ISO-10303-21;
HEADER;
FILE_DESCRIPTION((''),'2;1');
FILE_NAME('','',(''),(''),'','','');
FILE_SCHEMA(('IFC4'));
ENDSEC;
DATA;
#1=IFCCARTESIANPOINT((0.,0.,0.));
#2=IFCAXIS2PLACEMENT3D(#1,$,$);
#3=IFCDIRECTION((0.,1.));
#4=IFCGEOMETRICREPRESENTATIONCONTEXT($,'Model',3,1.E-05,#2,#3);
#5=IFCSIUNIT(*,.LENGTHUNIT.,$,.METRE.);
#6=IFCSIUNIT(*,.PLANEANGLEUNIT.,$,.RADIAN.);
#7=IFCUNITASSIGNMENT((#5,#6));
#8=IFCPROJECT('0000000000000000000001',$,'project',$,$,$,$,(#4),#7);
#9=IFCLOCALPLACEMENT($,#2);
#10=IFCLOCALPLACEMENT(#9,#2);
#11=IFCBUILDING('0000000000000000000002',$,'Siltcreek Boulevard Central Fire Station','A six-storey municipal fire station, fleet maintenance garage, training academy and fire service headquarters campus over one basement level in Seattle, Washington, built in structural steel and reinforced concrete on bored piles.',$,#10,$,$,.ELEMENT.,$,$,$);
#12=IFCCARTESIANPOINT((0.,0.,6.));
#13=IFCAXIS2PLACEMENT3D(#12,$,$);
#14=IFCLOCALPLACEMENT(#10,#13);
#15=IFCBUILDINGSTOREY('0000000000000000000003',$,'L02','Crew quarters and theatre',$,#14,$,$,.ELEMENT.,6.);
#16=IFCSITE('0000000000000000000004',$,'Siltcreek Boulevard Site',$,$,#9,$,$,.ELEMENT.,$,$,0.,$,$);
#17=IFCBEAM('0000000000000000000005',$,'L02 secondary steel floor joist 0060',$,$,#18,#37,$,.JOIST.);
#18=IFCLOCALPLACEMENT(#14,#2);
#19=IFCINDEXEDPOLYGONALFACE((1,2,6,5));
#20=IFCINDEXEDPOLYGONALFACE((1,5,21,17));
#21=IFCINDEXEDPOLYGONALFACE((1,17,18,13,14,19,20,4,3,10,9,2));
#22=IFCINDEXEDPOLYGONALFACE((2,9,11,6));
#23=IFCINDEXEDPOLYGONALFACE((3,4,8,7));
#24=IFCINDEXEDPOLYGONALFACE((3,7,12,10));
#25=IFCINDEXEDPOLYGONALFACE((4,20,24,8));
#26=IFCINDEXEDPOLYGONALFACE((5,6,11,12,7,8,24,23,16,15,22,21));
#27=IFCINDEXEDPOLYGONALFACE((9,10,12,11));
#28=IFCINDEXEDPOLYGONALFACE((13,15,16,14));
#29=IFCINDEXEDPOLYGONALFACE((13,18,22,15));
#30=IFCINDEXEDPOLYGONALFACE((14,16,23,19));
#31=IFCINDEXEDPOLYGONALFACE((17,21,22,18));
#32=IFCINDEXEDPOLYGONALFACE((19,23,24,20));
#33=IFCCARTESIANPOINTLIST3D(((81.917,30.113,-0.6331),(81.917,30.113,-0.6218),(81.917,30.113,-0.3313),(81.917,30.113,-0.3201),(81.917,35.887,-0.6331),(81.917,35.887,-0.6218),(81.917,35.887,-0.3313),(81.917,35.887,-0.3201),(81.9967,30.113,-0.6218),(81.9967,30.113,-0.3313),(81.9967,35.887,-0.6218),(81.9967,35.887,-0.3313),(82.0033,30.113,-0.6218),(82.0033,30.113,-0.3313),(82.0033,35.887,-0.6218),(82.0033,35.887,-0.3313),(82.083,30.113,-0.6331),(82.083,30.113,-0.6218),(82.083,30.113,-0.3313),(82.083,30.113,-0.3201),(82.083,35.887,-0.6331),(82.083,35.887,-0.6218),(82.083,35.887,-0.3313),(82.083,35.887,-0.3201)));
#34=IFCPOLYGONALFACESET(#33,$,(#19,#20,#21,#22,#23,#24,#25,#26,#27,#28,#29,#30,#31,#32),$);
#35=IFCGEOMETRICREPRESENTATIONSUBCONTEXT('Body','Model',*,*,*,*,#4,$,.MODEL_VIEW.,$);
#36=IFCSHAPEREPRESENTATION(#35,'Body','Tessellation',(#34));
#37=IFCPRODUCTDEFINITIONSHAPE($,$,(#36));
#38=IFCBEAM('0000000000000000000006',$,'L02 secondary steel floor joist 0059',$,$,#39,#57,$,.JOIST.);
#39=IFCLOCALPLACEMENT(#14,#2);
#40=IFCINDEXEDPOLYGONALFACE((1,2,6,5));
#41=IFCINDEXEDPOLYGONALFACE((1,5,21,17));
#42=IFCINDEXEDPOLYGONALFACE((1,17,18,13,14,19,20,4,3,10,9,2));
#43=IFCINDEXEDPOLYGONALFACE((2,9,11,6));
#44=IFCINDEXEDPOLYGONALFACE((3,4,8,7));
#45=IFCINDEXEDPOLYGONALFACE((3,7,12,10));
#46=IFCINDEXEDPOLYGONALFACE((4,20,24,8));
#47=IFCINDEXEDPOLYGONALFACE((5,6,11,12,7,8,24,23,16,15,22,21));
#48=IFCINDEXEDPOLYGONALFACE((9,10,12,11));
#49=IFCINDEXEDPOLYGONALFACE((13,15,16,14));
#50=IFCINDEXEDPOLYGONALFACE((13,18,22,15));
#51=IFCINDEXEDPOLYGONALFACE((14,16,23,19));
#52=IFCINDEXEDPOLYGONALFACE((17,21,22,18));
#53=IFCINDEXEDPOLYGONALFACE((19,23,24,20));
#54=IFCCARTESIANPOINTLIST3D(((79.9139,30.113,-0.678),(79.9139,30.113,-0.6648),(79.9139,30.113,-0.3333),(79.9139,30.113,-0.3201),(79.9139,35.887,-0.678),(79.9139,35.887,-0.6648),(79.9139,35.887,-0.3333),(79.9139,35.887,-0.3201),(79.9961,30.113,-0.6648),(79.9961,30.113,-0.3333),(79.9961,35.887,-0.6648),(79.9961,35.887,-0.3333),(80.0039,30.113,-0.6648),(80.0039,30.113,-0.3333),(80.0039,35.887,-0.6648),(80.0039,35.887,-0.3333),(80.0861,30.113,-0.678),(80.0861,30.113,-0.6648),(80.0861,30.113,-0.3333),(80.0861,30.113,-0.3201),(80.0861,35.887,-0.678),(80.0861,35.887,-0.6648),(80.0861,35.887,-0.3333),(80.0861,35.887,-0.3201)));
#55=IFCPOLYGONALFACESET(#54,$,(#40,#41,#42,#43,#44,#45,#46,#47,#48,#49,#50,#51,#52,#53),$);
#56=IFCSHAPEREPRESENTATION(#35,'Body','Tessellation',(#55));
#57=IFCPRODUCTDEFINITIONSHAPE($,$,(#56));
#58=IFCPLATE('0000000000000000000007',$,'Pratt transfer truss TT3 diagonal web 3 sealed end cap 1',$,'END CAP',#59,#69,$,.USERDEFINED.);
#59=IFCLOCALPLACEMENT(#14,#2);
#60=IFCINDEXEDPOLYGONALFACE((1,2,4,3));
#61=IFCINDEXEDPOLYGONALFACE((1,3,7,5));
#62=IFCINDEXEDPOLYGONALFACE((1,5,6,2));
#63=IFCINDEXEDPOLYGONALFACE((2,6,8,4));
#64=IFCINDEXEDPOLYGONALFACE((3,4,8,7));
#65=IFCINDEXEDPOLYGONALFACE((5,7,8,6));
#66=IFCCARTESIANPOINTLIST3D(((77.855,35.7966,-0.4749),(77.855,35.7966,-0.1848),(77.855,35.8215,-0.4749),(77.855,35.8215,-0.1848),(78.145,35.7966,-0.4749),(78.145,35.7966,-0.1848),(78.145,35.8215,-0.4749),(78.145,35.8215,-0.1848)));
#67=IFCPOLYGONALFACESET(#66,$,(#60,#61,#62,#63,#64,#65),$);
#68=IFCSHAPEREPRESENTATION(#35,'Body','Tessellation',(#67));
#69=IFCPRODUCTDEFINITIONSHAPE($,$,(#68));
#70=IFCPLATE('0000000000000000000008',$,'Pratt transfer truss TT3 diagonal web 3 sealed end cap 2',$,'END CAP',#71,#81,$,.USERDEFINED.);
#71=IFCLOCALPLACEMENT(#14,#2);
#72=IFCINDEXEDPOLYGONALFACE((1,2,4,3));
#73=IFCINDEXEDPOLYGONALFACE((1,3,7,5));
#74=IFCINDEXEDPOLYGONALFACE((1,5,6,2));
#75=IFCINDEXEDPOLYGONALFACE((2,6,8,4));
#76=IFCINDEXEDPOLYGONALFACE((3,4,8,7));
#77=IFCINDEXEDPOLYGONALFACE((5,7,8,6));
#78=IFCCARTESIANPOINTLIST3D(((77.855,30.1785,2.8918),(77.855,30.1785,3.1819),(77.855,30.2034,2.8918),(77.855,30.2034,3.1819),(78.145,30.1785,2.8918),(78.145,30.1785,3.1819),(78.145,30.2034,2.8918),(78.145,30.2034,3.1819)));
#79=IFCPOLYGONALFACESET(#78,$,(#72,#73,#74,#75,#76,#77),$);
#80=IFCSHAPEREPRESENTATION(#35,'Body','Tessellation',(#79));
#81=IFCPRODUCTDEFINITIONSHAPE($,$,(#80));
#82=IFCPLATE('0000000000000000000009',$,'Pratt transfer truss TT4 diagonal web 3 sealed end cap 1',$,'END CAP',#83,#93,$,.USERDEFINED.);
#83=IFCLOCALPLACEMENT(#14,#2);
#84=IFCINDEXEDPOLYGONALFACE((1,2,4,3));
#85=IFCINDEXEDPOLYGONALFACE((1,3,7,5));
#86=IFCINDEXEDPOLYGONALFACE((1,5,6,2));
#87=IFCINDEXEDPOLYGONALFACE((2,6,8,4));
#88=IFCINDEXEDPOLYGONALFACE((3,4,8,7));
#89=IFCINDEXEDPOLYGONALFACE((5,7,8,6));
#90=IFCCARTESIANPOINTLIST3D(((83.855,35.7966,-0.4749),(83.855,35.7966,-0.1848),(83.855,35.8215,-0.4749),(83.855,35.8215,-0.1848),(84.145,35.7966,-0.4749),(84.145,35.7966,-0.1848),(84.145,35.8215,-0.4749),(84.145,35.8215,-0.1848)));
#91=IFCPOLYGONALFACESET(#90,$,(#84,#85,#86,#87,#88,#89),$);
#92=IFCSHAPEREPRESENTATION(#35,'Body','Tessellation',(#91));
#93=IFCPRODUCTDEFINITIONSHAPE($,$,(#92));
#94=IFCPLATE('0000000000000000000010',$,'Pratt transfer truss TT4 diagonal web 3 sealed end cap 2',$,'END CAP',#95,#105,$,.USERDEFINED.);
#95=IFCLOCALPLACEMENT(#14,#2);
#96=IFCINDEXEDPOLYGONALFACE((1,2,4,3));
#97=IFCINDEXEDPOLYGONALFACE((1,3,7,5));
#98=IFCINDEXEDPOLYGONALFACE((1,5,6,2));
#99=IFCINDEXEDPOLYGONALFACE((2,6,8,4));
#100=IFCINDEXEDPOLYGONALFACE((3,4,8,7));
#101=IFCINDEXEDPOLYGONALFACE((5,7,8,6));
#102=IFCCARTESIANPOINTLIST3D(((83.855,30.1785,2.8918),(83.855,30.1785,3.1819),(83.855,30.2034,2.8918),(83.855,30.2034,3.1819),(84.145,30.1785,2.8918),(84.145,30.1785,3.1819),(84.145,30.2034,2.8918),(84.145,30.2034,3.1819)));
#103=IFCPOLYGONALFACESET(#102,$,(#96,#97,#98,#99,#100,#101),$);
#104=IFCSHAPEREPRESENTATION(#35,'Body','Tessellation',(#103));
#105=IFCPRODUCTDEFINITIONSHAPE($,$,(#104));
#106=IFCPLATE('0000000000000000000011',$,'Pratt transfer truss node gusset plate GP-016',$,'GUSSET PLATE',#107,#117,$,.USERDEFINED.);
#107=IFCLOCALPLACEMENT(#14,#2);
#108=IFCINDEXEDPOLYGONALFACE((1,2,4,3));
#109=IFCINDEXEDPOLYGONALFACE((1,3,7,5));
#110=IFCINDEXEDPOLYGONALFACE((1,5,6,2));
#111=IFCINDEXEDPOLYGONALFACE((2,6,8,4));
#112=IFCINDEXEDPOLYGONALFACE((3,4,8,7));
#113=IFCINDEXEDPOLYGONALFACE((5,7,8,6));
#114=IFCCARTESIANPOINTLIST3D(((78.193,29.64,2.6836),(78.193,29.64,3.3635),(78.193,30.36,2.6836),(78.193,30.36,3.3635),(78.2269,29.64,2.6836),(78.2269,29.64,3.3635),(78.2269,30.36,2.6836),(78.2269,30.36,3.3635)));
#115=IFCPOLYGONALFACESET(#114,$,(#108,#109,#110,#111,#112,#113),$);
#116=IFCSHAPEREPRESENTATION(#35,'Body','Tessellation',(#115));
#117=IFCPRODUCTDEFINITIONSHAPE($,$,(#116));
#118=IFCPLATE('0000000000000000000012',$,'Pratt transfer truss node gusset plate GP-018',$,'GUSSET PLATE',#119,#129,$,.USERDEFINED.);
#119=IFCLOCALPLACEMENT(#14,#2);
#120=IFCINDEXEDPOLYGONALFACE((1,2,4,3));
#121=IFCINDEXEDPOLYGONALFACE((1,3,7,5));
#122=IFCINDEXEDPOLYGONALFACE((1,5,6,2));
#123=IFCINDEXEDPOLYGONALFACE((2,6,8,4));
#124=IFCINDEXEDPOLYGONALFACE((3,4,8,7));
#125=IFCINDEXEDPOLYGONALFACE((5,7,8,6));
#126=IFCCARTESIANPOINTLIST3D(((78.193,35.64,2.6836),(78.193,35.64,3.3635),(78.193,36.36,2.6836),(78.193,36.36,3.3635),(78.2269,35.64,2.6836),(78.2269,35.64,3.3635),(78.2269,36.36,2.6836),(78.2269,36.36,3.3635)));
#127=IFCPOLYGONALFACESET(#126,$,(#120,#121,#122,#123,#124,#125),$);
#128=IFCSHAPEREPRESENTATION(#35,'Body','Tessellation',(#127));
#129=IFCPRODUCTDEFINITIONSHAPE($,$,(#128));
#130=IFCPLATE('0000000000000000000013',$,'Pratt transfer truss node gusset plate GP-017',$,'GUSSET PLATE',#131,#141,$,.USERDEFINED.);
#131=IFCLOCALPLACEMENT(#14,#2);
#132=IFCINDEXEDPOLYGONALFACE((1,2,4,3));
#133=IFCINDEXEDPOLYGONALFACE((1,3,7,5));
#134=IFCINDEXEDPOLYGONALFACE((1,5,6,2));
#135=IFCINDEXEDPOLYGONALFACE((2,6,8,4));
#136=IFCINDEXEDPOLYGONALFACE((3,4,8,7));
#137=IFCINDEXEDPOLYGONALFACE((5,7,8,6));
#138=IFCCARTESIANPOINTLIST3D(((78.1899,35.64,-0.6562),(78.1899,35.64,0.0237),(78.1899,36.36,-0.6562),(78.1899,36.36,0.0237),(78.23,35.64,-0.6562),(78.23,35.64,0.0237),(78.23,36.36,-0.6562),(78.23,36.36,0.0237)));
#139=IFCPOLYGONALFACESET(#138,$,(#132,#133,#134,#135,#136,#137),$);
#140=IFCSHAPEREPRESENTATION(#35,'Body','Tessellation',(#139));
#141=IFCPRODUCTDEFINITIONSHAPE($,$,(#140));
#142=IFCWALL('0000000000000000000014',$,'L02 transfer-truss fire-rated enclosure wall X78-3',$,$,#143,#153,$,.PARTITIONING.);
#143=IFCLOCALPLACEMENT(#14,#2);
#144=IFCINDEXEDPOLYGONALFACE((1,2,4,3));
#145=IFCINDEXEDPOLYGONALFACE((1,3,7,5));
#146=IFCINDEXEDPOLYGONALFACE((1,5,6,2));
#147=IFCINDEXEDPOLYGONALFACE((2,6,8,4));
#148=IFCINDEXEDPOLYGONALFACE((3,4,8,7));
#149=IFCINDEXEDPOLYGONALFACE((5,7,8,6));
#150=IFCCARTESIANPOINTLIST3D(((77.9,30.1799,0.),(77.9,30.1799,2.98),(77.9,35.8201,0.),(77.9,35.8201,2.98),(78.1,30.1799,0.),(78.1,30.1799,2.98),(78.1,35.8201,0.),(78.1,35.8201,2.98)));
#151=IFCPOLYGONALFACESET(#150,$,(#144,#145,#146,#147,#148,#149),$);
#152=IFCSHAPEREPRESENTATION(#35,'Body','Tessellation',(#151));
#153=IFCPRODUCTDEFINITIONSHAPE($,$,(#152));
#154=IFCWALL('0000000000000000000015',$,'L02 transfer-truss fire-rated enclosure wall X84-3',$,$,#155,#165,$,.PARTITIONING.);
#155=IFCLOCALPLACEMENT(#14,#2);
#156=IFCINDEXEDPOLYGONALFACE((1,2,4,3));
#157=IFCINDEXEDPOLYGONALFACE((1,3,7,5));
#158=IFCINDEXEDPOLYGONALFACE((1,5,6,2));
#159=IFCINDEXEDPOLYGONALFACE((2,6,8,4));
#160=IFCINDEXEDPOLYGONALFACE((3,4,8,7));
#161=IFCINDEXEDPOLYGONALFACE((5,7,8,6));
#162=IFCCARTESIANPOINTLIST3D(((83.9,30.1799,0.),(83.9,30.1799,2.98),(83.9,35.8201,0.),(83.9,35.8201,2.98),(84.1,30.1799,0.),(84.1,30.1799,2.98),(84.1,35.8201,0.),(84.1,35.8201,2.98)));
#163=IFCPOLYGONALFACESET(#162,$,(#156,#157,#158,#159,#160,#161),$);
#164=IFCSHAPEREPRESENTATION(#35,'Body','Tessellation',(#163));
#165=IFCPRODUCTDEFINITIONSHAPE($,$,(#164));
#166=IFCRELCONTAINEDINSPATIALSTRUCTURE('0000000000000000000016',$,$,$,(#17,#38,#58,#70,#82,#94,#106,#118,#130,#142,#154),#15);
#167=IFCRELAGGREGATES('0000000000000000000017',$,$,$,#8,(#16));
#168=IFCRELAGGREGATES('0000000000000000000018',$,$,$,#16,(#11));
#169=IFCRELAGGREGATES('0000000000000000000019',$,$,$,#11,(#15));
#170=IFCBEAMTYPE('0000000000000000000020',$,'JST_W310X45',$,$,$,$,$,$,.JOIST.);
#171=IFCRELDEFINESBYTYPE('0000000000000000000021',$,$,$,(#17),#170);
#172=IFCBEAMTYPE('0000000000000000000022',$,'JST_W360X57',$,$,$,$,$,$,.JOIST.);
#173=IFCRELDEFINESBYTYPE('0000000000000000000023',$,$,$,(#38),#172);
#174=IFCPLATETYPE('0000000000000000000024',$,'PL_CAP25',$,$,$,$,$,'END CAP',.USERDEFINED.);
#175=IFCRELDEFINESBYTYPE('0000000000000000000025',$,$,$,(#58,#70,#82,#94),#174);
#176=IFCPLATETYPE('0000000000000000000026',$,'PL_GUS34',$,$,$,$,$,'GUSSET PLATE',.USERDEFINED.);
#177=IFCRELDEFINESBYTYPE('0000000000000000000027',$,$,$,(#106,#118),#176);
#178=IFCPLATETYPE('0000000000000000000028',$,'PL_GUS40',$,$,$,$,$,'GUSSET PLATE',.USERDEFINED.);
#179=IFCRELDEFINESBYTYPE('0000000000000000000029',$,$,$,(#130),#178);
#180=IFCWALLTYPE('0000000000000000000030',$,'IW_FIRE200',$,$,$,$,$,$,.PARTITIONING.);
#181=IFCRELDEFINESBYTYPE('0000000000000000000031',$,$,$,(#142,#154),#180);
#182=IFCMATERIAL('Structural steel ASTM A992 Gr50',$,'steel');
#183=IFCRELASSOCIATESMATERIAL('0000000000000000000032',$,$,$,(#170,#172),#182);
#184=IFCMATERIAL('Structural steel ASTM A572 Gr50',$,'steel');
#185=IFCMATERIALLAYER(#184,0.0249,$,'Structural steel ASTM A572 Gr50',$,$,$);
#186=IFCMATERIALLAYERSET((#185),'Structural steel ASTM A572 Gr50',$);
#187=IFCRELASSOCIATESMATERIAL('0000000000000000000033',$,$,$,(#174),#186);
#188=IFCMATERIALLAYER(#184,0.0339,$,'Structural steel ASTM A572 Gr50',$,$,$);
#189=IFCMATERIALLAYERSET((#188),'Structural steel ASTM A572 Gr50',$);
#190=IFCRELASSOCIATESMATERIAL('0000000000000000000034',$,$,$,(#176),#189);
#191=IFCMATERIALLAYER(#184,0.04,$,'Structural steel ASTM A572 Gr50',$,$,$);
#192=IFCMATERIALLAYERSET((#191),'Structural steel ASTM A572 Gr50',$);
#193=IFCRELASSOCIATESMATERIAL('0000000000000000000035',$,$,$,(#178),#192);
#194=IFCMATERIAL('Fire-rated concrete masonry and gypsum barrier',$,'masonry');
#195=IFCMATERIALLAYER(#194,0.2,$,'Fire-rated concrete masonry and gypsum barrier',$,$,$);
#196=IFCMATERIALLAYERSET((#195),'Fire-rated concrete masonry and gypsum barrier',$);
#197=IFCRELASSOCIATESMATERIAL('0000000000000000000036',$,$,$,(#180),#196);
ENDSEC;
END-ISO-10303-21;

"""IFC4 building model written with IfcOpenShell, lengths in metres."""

from ifc_helpers import new_model, si_unit, direction, frame, frame_2d, origin, origin_2d, place, context, subcontext, project, spatial, rectangle, i_section, extrude, material, layer, layer_set, material_profile, profile_set, type_object, element, save


model = new_model("IFC4")

# Units and contexts
model_context = context("Model", 3, precision=1e-05, world=origin(), true_north=direction((0.0, 1.0)))
body_context = subcontext(model_context, "Body", "Model", "MODEL_VIEW")
ifc_project = project(units=[si_unit("LENGTHUNIT", "METRE"), si_unit("PLANEANGLEUNIT", "RADIAN")], contexts=[model_context])

# Site, building, storey
site_placement = place(None, origin())
site = spatial("IfcSite", under=ifc_project, at=site_placement, Name="Siltcreek Boulevard Site", CompositionType="ELEMENT", RefElevation=0.0)
building_placement = place(site_placement, origin())
building = spatial("IfcBuilding", under=site, at=building_placement, Name="Siltcreek Boulevard Central Fire Station", Description="A six-storey municipal fire station, fleet maintenance garage, training academy and fire service headquarters campus over one basement level in Seattle, Washington, built in structural steel and reinforced concrete on bored piles.", CompositionType="ELEMENT")
storey_placement = place(building_placement, frame((0.0, 0.0, 6.0)))
storey = spatial("IfcBuildingStorey", under=building, at=storey_placement, Name="L02", Description="Crew quarters and theatre", CompositionType="ELEMENT", Elevation=6.0)

# Shared definitions
ifc_material_1 = material(Name="Structural steel ASTM A992 Gr50", Category="steel")

# Beams
ifc_material_profile_1 = material_profile(ifc_material_1, i_section(OverallWidth=0.166, OverallDepth=0.313, WebThickness=0.0066, FlangeThickness=0.0112, at=origin_2d()), Name="W310X45")
ifc_profile_set_1 = profile_set([ifc_material_profile_1], Name="Structural steel ASTM A992 Gr50")
beam_type_1 = type_object("IfcBeamType", Name="JST_W310X45", PredefinedType="JOIST", material=ifc_profile_set_1)
beam_1_placement = place(storey_placement, frame((82.0, 30.113, -0.4766), z_axis=(0.0, 1.0, 0.0), x_axis=(-1.0, 0.0, 0.0)))
element("IfcBeam", 1, at=beam_1_placement, inside=storey, type_object=beam_type_1, Name="L02 secondary steel floor joist 0060", PredefinedType="JOIST", context=body_context, shape_type="SweptSolid", body=[
    extrude(i_section(OverallWidth=0.166, OverallDepth=0.313, WebThickness=0.0066, FlangeThickness=0.0112, at=origin_2d()), origin(), (0.0, 0.0, 1.0), 5.7739),
])
ifc_material_profile_2 = material_profile(ifc_material_1, i_section(OverallWidth=0.1721, OverallDepth=0.3579, WebThickness=0.0078, FlangeThickness=0.0132, at=origin_2d()), Name="W360X57")
ifc_profile_set_2 = profile_set([ifc_material_profile_2], Name="Structural steel ASTM A992 Gr50")
beam_type_2 = type_object("IfcBeamType", Name="JST_W360X57", PredefinedType="JOIST", material=ifc_profile_set_2)
beam_2_placement = place(storey_placement, frame((80.0, 30.113, -0.499), z_axis=(0.0, 1.0, 0.0), x_axis=(-1.0, 0.0, 0.0)))
element("IfcBeam", 2, at=beam_2_placement, inside=storey, type_object=beam_type_2, Name="L02 secondary steel floor joist 0059", PredefinedType="JOIST", context=body_context, shape_type="SweptSolid", body=[
    extrude(i_section(OverallWidth=0.1721, OverallDepth=0.3579, WebThickness=0.0078, FlangeThickness=0.0132, at=origin_2d()), origin(), (0.0, 0.0, 1.0), 5.7739),
])

# Plates
ifc_material_2 = material(Name="Structural steel ASTM A572 Gr50", Category="steel")
ifc_layer_1 = layer(ifc_material_2, 0.0249, Name="Structural steel ASTM A572 Gr50")
ifc_layer_set_1 = layer_set([ifc_layer_1], Name="Structural steel ASTM A572 Gr50")
plate_type_1 = type_object("IfcPlateType", Name="PL_CAP25", ElementType="END CAP", PredefinedType="USERDEFINED", material=ifc_layer_set_1)
for number, where, z_axis, x_axis, name in (
    (3, (78.0, 35.8091, -0.4749), (0.0, 0.0, 1.0), (0.0, -1.0, 0.0), "Pratt transfer truss TT3 diagonal web 3 sealed end cap 1"),
    (4, (78.0, 30.1909, 2.8918), (0.0, 0.0, 1.0), (0.0, -1.0, 0.0), "Pratt transfer truss TT3 diagonal web 3 sealed end cap 2"),
    (5, (84.0, 35.8091, -0.4749), (0.0, 0.0, 1.0), (0.0, -1.0, 0.0), "Pratt transfer truss TT4 diagonal web 3 sealed end cap 1"),
    (6, (84.0, 30.1909, 2.8918), (0.0, 0.0, 1.0), (0.0, -1.0, 0.0), "Pratt transfer truss TT4 diagonal web 3 sealed end cap 2"),
):
    element("IfcPlate", number, at=place(storey_placement, frame(where, z_axis=z_axis, x_axis=x_axis)), inside=storey, type_object=plate_type_1, Name=name, ObjectType="END CAP", PredefinedType="USERDEFINED", context=body_context, shape_type="SweptSolid", body=[
        extrude(rectangle(XDim=0.0249, YDim=0.29, at=origin_2d()), origin(), (0.0, 0.0, 1.0), 0.29),
    ])
ifc_layer_2 = layer(ifc_material_2, 0.0339, Name="Structural steel ASTM A572 Gr50")
ifc_layer_set_2 = layer_set([ifc_layer_2], Name="Structural steel ASTM A572 Gr50")
plate_type_2 = type_object("IfcPlateType", Name="PL_GUS34", ElementType="GUSSET PLATE", PredefinedType="USERDEFINED", material=ifc_layer_set_2)
for number, where, z_axis, x_axis, name in (
    (7, (78.21, 30.0, 2.6836), (0.0, 0.0, 1.0), (1.0, 0.0, 0.0), "Pratt transfer truss node gusset plate GP-016"),
    (8, (78.21, 36.0, 2.6836), (0.0, 0.0, 1.0), (1.0, 0.0, 0.0), "Pratt transfer truss node gusset plate GP-018"),
):
    element("IfcPlate", number, at=place(storey_placement, frame(where, z_axis=z_axis, x_axis=x_axis)), inside=storey, type_object=plate_type_2, Name=name, ObjectType="GUSSET PLATE", PredefinedType="USERDEFINED", context=body_context, shape_type="SweptSolid", body=[
        extrude(rectangle(XDim=0.0339, YDim=0.72, at=origin_2d()), origin(), (0.0, 0.0, 1.0), 0.6799),
    ])
ifc_layer_3 = layer(ifc_material_2, 0.04, Name="Structural steel ASTM A572 Gr50")
ifc_layer_set_3 = layer_set([ifc_layer_3], Name="Structural steel ASTM A572 Gr50")
plate_type_3 = type_object("IfcPlateType", Name="PL_GUS40", ElementType="GUSSET PLATE", PredefinedType="USERDEFINED", material=ifc_layer_set_3)
plate_placement = place(storey_placement, frame((78.21, 36.0, -0.6562), z_axis=(0.0, 0.0, 1.0), x_axis=(1.0, 0.0, 0.0)))
element("IfcPlate", 9, at=plate_placement, inside=storey, type_object=plate_type_3, Name="Pratt transfer truss node gusset plate GP-017", ObjectType="GUSSET PLATE", PredefinedType="USERDEFINED", context=body_context, shape_type="SweptSolid", body=[
    extrude(rectangle(XDim=0.04, YDim=0.72, at=origin_2d()), origin(), (0.0, 0.0, 1.0), 0.6799),
])

# Walls
ifc_material_3 = material(Name="Fire-rated concrete masonry and gypsum barrier", Category="masonry")
ifc_layer_4 = layer(ifc_material_3, 0.2, Name="Fire-rated concrete masonry and gypsum barrier")
ifc_layer_set_4 = layer_set([ifc_layer_4], Name="Fire-rated concrete masonry and gypsum barrier")
wall_type = type_object("IfcWallType", Name="IW_FIRE200", PredefinedType="PARTITIONING", material=ifc_layer_set_4)
for number, where, z_axis, x_axis, name in (
    (10, (78.0, 30.1799, 0.0), (0.0, 0.0, 1.0), (0.0, 1.0, 0.0), "L02 transfer-truss fire-rated enclosure wall X78-3"),
    (11, (84.0, 30.1799, 0.0), (0.0, 0.0, 1.0), (0.0, 1.0, 0.0), "L02 transfer-truss fire-rated enclosure wall X84-3"),
):
    element("IfcWall", number, at=place(storey_placement, frame(where, z_axis=z_axis, x_axis=x_axis)), inside=storey, type_object=wall_type, Name=name, PredefinedType="PARTITIONING", context=body_context, shape_type="SweptSolid", body=[
        extrude(rectangle(XDim=5.6401, YDim=0.2, at=frame_2d((2.8201, 0.0))), origin(), (0.0, 0.0, 1.0), 2.98),
    ])

save(model, "model.ifc")
